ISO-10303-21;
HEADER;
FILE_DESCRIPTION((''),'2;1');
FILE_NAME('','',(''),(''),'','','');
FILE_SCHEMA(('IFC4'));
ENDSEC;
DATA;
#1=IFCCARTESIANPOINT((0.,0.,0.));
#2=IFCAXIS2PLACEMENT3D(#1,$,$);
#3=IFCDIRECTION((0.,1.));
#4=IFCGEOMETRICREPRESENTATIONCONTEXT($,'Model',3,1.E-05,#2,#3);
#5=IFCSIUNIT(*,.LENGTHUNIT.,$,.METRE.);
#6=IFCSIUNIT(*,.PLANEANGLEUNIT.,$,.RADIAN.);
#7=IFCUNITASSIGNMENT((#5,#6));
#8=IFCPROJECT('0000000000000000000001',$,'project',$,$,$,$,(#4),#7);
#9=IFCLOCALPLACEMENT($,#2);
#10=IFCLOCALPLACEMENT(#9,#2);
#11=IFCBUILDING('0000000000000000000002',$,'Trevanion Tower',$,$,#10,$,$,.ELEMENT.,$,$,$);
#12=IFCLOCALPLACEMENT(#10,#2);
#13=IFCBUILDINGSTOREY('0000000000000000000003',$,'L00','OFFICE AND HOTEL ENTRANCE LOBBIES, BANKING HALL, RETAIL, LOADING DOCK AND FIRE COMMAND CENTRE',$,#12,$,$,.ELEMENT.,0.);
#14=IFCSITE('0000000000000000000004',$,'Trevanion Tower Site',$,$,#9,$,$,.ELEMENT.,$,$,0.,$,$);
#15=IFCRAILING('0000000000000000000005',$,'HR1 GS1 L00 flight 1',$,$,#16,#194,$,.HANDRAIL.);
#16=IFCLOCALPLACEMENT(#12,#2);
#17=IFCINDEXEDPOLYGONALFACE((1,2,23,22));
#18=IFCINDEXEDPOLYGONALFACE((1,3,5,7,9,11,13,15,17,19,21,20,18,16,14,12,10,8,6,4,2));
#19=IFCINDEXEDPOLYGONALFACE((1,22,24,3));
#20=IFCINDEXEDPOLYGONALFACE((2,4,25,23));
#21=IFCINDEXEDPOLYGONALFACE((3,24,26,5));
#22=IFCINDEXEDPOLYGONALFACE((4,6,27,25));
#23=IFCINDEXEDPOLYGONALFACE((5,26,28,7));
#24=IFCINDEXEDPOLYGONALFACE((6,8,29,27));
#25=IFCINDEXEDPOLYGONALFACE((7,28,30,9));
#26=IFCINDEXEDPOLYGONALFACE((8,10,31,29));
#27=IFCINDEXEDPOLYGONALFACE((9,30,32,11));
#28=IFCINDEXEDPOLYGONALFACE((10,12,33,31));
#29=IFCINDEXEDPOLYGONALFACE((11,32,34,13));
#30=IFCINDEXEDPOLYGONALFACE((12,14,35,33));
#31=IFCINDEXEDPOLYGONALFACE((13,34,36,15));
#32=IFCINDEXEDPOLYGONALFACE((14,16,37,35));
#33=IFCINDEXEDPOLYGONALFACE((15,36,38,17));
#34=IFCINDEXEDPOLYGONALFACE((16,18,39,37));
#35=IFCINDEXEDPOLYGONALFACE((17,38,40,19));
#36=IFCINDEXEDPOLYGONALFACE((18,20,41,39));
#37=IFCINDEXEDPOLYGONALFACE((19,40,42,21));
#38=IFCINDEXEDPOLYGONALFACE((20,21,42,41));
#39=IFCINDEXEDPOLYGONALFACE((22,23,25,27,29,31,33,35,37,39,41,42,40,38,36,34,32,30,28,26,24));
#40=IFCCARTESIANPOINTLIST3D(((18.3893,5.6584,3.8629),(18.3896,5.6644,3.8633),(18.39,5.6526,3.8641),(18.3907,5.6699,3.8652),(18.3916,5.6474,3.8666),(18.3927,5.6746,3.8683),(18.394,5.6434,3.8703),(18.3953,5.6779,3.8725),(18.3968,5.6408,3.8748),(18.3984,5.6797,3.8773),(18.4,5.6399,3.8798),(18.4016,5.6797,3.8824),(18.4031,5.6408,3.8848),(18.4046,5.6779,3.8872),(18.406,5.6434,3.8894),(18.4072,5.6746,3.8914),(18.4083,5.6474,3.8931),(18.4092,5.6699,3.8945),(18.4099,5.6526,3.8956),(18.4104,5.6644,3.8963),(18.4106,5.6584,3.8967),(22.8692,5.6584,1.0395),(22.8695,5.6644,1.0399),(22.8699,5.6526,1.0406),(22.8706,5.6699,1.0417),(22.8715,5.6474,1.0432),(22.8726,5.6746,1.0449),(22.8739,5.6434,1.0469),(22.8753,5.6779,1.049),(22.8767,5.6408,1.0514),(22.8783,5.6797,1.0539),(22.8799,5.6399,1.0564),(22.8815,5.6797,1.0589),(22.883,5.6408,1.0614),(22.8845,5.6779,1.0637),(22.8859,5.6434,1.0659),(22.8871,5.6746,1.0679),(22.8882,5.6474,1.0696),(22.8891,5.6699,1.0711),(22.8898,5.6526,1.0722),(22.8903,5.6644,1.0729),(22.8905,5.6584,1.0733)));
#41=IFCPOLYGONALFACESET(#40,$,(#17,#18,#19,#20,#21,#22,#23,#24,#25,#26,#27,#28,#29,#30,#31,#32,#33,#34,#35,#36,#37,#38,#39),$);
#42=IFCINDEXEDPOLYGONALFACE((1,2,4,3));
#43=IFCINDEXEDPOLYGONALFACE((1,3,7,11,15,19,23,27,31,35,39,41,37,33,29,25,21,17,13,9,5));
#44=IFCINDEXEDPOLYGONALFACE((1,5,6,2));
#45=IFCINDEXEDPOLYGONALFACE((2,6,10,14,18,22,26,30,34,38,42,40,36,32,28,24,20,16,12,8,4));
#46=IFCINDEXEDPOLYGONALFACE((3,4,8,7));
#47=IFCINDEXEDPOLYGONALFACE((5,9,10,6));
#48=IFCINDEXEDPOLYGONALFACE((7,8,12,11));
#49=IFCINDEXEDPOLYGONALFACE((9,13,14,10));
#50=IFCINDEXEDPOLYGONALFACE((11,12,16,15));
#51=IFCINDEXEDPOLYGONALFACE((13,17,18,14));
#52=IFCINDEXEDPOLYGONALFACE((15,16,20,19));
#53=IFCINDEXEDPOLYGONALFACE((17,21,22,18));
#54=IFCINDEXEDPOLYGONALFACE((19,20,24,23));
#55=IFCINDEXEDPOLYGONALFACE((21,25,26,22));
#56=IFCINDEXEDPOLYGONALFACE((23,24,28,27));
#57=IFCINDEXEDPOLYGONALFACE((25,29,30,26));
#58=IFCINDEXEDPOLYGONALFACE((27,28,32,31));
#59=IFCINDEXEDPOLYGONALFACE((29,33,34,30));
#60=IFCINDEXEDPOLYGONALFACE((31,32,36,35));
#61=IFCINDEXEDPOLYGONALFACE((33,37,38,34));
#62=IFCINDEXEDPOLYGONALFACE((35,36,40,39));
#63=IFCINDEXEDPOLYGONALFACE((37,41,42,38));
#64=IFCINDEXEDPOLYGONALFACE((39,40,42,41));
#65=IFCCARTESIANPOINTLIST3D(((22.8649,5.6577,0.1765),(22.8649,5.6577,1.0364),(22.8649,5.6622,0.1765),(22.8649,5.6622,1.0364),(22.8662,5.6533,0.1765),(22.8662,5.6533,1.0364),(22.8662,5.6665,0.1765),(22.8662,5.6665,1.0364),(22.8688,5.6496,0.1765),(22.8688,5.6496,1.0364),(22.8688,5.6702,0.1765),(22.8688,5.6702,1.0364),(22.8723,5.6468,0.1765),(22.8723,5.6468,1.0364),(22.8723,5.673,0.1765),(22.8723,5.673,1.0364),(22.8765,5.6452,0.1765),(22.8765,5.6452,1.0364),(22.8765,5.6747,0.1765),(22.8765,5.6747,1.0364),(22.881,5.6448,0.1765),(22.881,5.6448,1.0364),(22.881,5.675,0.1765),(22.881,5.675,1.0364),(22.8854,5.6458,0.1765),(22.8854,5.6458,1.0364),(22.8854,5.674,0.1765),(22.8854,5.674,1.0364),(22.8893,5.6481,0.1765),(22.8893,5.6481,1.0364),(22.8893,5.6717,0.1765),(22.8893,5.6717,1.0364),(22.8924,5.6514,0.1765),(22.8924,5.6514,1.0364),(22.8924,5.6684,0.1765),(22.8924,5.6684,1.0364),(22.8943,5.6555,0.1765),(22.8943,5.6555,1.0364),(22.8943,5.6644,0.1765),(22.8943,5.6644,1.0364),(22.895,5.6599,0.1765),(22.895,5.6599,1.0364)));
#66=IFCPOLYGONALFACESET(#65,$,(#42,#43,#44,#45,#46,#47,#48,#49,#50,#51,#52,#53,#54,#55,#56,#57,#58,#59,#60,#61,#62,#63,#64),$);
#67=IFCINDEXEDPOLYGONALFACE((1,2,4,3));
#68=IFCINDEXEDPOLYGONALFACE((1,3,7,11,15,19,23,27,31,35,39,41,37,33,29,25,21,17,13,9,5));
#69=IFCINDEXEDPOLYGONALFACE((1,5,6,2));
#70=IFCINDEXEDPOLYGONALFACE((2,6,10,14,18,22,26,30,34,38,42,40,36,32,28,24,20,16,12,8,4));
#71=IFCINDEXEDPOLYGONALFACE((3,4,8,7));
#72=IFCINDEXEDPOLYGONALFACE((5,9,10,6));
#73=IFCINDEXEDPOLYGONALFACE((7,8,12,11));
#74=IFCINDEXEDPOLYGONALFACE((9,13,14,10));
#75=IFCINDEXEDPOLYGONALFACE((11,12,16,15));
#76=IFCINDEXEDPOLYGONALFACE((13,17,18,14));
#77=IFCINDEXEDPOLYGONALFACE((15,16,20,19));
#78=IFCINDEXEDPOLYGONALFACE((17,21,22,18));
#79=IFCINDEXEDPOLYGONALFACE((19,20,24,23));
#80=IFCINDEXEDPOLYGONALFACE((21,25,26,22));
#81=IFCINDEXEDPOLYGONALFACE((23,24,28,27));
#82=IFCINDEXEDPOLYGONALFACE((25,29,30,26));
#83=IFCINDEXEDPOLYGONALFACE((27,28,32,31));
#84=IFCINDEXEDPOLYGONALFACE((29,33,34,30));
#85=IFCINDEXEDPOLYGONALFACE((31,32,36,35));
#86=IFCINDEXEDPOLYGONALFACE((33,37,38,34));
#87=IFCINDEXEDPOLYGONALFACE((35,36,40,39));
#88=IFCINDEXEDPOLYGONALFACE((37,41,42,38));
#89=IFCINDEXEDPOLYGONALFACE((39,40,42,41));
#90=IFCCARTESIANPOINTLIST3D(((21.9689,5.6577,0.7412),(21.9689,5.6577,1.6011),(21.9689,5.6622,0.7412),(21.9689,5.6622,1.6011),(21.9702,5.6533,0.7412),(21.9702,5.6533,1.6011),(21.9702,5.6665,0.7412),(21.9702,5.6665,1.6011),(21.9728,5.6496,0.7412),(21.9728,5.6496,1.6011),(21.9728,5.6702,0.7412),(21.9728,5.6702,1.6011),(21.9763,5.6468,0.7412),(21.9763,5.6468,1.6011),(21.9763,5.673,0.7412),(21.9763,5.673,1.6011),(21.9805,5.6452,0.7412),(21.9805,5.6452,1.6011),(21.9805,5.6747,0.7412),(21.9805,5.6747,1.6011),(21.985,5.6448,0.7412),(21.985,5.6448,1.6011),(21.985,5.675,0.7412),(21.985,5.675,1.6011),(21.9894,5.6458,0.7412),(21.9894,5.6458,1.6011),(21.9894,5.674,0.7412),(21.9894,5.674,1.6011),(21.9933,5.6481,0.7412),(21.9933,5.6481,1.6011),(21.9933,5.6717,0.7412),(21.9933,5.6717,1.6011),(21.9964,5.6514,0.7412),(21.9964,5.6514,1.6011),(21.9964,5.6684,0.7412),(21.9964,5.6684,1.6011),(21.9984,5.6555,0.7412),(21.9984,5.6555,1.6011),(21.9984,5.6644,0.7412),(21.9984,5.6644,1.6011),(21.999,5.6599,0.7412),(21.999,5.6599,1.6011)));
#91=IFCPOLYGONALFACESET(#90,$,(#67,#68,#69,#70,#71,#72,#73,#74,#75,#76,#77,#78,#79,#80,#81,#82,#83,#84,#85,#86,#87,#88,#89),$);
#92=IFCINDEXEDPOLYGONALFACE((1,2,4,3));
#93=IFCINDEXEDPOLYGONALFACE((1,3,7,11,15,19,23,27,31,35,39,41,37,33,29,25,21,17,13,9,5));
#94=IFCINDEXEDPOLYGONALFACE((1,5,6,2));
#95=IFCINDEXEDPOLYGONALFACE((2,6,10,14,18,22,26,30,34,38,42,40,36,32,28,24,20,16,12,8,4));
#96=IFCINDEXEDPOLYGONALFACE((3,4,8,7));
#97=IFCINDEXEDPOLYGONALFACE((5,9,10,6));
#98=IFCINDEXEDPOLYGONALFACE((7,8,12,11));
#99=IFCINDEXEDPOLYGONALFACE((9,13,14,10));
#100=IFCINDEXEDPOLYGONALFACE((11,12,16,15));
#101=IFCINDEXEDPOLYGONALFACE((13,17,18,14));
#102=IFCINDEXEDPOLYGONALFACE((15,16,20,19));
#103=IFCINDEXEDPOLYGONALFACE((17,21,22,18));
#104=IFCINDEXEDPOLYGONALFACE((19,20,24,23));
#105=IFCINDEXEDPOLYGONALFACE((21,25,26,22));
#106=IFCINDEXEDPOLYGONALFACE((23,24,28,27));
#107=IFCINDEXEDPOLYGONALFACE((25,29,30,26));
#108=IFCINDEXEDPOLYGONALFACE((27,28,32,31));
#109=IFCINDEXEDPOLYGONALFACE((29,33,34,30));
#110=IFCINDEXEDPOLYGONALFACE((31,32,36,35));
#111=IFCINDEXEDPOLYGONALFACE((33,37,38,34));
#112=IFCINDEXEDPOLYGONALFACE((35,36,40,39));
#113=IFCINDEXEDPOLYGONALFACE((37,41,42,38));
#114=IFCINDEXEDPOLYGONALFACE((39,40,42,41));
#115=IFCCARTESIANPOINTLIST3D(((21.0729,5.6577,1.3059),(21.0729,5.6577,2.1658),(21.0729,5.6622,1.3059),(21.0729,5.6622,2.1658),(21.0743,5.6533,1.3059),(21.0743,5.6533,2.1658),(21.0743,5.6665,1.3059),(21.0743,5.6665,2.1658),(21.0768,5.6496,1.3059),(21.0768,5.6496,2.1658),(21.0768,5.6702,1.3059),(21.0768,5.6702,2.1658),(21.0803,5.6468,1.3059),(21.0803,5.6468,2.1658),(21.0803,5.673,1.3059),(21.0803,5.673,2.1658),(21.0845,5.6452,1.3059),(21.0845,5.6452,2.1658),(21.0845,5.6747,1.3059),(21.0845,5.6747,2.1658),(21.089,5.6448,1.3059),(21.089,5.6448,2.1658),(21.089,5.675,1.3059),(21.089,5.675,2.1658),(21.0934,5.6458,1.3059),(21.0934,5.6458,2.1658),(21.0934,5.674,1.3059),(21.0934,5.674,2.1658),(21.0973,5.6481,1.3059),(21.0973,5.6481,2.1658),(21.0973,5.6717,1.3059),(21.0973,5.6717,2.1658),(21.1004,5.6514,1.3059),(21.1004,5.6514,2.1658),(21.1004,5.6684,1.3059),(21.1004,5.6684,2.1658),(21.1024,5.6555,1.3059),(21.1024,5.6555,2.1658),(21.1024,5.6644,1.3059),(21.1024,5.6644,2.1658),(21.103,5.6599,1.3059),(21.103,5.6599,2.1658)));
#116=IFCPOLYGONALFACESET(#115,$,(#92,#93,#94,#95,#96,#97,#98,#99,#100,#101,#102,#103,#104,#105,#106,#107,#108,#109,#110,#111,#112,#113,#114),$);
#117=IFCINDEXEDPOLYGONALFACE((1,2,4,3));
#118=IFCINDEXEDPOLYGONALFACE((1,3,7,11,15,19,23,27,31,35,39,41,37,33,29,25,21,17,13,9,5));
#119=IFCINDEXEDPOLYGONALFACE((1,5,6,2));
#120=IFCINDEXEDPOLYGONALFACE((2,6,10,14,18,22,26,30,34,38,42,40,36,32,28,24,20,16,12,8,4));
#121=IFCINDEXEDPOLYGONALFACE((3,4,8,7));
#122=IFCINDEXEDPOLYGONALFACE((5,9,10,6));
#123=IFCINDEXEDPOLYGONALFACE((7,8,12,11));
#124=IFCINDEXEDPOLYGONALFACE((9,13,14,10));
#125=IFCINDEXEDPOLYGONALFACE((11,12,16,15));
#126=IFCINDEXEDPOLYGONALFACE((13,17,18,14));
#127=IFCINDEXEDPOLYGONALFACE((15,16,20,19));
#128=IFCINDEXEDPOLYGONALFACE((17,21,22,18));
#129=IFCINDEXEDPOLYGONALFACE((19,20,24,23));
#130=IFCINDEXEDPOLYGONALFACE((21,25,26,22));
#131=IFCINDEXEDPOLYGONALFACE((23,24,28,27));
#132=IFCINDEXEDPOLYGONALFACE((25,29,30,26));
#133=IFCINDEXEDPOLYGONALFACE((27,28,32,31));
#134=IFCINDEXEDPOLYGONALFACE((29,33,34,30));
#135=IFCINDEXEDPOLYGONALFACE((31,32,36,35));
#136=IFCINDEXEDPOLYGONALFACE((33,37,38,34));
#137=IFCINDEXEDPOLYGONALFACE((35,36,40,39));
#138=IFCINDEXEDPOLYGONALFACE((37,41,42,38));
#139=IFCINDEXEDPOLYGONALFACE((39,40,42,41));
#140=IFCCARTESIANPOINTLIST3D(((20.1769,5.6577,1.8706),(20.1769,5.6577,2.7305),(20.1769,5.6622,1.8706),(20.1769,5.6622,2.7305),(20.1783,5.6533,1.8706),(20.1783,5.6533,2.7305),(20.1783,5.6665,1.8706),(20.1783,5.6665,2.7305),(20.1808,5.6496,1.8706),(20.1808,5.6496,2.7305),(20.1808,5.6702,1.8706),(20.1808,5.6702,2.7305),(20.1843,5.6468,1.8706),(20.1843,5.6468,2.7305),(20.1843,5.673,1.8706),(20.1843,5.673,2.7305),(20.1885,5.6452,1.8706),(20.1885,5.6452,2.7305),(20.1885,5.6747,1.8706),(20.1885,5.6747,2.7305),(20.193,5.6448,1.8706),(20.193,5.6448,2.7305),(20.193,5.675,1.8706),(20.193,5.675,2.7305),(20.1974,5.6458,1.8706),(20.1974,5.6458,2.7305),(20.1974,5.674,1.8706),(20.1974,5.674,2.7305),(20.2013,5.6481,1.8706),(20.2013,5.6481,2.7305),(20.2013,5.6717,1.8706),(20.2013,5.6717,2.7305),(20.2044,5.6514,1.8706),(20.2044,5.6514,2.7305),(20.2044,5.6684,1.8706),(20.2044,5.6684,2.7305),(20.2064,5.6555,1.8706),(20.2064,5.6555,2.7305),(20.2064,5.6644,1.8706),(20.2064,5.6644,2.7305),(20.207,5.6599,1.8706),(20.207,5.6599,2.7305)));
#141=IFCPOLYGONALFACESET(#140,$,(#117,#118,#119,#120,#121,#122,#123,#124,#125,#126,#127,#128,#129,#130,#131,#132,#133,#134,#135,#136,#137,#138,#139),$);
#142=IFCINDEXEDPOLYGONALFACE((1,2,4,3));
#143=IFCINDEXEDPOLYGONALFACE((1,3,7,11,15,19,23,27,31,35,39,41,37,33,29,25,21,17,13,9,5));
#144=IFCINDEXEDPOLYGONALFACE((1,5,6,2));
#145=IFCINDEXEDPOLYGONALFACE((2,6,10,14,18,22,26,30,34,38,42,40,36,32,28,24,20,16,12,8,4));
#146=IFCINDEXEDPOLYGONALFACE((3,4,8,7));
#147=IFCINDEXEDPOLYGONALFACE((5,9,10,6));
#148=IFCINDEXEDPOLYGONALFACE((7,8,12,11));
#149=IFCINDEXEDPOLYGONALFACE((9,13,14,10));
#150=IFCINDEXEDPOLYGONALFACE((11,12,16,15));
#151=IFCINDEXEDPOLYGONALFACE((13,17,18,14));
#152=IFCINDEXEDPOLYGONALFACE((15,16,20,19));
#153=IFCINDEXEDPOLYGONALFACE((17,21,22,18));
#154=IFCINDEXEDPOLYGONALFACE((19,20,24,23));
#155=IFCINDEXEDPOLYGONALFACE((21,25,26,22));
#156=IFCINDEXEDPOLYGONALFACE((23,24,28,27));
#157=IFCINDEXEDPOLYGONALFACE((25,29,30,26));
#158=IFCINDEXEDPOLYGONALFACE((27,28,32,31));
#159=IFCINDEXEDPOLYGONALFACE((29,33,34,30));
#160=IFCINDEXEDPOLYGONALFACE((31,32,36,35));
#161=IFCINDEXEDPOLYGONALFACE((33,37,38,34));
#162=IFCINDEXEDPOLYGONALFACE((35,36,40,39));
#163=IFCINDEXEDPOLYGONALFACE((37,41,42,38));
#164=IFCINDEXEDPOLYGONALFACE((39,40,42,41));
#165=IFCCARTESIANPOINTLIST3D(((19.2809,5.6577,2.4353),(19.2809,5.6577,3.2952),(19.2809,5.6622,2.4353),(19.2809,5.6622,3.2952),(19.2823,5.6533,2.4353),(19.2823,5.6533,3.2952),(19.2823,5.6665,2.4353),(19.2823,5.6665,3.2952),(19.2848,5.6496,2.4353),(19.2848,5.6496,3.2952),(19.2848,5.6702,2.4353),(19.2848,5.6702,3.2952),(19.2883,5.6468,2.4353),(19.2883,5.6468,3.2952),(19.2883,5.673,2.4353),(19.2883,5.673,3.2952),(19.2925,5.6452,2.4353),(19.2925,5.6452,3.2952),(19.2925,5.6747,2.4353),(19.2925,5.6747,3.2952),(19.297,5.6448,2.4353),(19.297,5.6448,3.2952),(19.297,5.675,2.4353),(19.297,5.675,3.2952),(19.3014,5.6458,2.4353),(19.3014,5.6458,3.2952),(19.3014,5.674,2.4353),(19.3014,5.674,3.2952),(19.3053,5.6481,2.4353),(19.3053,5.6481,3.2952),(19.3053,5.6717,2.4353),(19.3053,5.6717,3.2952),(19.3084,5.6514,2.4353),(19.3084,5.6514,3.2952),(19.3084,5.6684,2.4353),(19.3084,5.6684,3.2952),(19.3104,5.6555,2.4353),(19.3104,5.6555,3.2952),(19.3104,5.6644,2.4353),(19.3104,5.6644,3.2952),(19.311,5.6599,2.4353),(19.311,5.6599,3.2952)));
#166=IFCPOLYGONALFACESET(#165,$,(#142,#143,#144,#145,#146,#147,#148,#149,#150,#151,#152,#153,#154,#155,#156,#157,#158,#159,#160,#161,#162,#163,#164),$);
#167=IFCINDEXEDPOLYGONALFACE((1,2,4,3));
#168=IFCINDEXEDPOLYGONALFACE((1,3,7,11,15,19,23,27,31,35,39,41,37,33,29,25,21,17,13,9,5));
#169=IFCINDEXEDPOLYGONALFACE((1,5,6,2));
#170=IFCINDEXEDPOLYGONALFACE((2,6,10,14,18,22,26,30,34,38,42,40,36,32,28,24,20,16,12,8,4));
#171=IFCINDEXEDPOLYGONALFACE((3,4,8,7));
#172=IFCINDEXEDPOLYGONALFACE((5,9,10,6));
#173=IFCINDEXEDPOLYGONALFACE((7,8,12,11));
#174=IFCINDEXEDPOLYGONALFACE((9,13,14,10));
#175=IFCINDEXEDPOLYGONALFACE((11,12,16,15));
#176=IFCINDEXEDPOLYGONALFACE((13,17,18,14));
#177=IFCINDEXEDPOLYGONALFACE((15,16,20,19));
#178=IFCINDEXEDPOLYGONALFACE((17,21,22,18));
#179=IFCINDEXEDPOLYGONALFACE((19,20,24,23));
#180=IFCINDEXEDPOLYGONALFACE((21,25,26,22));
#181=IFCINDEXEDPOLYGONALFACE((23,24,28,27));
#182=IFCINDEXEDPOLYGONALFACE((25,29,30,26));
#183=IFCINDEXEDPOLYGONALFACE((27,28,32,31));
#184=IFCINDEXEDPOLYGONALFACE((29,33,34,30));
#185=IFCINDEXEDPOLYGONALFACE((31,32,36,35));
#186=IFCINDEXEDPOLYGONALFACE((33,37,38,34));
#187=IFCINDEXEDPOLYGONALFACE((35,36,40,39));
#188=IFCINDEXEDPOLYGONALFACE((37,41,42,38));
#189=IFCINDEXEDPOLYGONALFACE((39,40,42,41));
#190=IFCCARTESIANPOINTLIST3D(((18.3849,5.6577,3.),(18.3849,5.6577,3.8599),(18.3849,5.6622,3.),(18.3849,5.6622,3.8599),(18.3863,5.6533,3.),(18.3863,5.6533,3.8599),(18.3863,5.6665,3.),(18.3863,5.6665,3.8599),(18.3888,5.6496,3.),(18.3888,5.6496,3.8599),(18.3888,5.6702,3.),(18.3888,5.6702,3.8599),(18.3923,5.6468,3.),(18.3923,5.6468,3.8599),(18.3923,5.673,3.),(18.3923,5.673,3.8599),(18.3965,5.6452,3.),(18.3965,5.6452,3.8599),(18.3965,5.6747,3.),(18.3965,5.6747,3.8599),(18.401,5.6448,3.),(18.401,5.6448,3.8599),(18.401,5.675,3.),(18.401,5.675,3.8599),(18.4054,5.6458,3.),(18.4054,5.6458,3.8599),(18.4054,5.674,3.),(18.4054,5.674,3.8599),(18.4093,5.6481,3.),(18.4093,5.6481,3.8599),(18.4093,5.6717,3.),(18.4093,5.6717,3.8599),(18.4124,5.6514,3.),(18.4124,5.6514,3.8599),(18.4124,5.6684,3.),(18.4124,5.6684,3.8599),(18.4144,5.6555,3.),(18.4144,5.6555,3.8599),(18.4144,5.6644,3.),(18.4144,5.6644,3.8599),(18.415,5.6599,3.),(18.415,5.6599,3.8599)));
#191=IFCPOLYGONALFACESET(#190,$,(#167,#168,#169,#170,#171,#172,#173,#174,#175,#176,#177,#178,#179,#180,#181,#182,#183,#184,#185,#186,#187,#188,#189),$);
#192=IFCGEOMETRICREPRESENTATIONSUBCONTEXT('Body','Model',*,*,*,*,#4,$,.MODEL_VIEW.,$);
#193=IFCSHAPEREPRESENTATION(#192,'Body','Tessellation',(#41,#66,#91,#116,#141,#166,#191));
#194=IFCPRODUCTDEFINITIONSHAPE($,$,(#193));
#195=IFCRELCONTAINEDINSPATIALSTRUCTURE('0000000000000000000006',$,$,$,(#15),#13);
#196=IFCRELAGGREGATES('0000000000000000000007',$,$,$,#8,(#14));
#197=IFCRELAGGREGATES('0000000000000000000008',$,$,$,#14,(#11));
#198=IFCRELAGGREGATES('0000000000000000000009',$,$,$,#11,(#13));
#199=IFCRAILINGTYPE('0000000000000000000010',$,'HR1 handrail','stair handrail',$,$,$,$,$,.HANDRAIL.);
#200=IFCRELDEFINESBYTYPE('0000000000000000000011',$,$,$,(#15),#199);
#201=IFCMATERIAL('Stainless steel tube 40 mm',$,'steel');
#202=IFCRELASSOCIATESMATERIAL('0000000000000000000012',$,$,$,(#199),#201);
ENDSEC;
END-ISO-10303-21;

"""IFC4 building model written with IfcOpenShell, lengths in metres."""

from ifc_helpers import new_model, si_unit, direction, frame, origin, origin_2d, place, context, subcontext, project, spatial, circle, extrude, material, type_object, element, save


model = new_model("IFC4")

# Units and contexts
model_context = context("Model", 3, precision=1e-05, world=origin(), true_north=direction((0.0, 1.0)))
body_context = subcontext(model_context, "Body", "Model", "MODEL_VIEW")
ifc_project = project(units=[si_unit("LENGTHUNIT", "METRE"), si_unit("PLANEANGLEUNIT", "RADIAN")], contexts=[model_context])

# Site, building, storey
site_placement = place(None, origin())
site = spatial("IfcSite", under=ifc_project, at=site_placement, Name="Trevanion Tower Site", CompositionType="ELEMENT", RefElevation=0.0)
building_placement = place(site_placement, origin())
building = spatial("IfcBuilding", under=site, at=building_placement, Name="Trevanion Tower", CompositionType="ELEMENT")
storey_placement = place(building_placement, origin())
storey = spatial("IfcBuildingStorey", under=building, at=storey_placement, Name="L00", Description="OFFICE AND HOTEL ENTRANCE LOBBIES, BANKING HALL, RETAIL, LOADING DOCK AND FIRE COMMAND CENTRE", CompositionType="ELEMENT", Elevation=0.0)

# Railing
ifc_material_1 = material(Name="Stainless steel tube 40 mm", Category="steel")
railing_type_1 = type_object("IfcRailingType", Name="HR1 handrail", Description="stair handrail", PredefinedType="HANDRAIL", material=ifc_material_1)
railing_1_placement = place(storey_placement, frame((22.8799, 5.6599, 0.1765)))
element("IfcRailing", 1, at=railing_1_placement, inside=storey, type_object=railing_type_1, Name="HR1 GS1 L00 flight 1", PredefinedType="HANDRAIL", context=body_context, shape_type="SweptSolid", body=[
    extrude(circle(Radius=0.02, at=origin_2d()), frame((0.0, 0.0, 0.8799), z_axis=(-0.845998, 0.0, 0.533186), x_axis=(0.0, -1.0, 0.0)), (0.0, 0.0, 1.0), 5.2954),
    extrude(circle(Radius=0.0151, at=origin_2d()), origin(), (0.0, 0.0, 1.0), 0.8599),
    extrude(circle(Radius=0.0151, at=origin_2d()), frame((-0.896, 0.0, 0.5647)), (0.0, 0.0, 1.0), 0.8599),
    extrude(circle(Radius=0.0151, at=origin_2d()), frame((-1.792, 0.0, 1.1294)), (0.0, 0.0, 1.0), 0.8599),
    extrude(circle(Radius=0.0151, at=origin_2d()), frame((-2.688, 0.0, 1.6941)), (0.0, 0.0, 1.0), 0.8599),
    extrude(circle(Radius=0.0151, at=origin_2d()), frame((-3.584, 0.0, 2.2588)), (0.0, 0.0, 1.0), 0.8599),
    extrude(circle(Radius=0.0151, at=origin_2d()), frame((-4.48, 0.0, 2.8235)), (0.0, 0.0, 1.0), 0.8599),
])

save(model, "model.ifc")
